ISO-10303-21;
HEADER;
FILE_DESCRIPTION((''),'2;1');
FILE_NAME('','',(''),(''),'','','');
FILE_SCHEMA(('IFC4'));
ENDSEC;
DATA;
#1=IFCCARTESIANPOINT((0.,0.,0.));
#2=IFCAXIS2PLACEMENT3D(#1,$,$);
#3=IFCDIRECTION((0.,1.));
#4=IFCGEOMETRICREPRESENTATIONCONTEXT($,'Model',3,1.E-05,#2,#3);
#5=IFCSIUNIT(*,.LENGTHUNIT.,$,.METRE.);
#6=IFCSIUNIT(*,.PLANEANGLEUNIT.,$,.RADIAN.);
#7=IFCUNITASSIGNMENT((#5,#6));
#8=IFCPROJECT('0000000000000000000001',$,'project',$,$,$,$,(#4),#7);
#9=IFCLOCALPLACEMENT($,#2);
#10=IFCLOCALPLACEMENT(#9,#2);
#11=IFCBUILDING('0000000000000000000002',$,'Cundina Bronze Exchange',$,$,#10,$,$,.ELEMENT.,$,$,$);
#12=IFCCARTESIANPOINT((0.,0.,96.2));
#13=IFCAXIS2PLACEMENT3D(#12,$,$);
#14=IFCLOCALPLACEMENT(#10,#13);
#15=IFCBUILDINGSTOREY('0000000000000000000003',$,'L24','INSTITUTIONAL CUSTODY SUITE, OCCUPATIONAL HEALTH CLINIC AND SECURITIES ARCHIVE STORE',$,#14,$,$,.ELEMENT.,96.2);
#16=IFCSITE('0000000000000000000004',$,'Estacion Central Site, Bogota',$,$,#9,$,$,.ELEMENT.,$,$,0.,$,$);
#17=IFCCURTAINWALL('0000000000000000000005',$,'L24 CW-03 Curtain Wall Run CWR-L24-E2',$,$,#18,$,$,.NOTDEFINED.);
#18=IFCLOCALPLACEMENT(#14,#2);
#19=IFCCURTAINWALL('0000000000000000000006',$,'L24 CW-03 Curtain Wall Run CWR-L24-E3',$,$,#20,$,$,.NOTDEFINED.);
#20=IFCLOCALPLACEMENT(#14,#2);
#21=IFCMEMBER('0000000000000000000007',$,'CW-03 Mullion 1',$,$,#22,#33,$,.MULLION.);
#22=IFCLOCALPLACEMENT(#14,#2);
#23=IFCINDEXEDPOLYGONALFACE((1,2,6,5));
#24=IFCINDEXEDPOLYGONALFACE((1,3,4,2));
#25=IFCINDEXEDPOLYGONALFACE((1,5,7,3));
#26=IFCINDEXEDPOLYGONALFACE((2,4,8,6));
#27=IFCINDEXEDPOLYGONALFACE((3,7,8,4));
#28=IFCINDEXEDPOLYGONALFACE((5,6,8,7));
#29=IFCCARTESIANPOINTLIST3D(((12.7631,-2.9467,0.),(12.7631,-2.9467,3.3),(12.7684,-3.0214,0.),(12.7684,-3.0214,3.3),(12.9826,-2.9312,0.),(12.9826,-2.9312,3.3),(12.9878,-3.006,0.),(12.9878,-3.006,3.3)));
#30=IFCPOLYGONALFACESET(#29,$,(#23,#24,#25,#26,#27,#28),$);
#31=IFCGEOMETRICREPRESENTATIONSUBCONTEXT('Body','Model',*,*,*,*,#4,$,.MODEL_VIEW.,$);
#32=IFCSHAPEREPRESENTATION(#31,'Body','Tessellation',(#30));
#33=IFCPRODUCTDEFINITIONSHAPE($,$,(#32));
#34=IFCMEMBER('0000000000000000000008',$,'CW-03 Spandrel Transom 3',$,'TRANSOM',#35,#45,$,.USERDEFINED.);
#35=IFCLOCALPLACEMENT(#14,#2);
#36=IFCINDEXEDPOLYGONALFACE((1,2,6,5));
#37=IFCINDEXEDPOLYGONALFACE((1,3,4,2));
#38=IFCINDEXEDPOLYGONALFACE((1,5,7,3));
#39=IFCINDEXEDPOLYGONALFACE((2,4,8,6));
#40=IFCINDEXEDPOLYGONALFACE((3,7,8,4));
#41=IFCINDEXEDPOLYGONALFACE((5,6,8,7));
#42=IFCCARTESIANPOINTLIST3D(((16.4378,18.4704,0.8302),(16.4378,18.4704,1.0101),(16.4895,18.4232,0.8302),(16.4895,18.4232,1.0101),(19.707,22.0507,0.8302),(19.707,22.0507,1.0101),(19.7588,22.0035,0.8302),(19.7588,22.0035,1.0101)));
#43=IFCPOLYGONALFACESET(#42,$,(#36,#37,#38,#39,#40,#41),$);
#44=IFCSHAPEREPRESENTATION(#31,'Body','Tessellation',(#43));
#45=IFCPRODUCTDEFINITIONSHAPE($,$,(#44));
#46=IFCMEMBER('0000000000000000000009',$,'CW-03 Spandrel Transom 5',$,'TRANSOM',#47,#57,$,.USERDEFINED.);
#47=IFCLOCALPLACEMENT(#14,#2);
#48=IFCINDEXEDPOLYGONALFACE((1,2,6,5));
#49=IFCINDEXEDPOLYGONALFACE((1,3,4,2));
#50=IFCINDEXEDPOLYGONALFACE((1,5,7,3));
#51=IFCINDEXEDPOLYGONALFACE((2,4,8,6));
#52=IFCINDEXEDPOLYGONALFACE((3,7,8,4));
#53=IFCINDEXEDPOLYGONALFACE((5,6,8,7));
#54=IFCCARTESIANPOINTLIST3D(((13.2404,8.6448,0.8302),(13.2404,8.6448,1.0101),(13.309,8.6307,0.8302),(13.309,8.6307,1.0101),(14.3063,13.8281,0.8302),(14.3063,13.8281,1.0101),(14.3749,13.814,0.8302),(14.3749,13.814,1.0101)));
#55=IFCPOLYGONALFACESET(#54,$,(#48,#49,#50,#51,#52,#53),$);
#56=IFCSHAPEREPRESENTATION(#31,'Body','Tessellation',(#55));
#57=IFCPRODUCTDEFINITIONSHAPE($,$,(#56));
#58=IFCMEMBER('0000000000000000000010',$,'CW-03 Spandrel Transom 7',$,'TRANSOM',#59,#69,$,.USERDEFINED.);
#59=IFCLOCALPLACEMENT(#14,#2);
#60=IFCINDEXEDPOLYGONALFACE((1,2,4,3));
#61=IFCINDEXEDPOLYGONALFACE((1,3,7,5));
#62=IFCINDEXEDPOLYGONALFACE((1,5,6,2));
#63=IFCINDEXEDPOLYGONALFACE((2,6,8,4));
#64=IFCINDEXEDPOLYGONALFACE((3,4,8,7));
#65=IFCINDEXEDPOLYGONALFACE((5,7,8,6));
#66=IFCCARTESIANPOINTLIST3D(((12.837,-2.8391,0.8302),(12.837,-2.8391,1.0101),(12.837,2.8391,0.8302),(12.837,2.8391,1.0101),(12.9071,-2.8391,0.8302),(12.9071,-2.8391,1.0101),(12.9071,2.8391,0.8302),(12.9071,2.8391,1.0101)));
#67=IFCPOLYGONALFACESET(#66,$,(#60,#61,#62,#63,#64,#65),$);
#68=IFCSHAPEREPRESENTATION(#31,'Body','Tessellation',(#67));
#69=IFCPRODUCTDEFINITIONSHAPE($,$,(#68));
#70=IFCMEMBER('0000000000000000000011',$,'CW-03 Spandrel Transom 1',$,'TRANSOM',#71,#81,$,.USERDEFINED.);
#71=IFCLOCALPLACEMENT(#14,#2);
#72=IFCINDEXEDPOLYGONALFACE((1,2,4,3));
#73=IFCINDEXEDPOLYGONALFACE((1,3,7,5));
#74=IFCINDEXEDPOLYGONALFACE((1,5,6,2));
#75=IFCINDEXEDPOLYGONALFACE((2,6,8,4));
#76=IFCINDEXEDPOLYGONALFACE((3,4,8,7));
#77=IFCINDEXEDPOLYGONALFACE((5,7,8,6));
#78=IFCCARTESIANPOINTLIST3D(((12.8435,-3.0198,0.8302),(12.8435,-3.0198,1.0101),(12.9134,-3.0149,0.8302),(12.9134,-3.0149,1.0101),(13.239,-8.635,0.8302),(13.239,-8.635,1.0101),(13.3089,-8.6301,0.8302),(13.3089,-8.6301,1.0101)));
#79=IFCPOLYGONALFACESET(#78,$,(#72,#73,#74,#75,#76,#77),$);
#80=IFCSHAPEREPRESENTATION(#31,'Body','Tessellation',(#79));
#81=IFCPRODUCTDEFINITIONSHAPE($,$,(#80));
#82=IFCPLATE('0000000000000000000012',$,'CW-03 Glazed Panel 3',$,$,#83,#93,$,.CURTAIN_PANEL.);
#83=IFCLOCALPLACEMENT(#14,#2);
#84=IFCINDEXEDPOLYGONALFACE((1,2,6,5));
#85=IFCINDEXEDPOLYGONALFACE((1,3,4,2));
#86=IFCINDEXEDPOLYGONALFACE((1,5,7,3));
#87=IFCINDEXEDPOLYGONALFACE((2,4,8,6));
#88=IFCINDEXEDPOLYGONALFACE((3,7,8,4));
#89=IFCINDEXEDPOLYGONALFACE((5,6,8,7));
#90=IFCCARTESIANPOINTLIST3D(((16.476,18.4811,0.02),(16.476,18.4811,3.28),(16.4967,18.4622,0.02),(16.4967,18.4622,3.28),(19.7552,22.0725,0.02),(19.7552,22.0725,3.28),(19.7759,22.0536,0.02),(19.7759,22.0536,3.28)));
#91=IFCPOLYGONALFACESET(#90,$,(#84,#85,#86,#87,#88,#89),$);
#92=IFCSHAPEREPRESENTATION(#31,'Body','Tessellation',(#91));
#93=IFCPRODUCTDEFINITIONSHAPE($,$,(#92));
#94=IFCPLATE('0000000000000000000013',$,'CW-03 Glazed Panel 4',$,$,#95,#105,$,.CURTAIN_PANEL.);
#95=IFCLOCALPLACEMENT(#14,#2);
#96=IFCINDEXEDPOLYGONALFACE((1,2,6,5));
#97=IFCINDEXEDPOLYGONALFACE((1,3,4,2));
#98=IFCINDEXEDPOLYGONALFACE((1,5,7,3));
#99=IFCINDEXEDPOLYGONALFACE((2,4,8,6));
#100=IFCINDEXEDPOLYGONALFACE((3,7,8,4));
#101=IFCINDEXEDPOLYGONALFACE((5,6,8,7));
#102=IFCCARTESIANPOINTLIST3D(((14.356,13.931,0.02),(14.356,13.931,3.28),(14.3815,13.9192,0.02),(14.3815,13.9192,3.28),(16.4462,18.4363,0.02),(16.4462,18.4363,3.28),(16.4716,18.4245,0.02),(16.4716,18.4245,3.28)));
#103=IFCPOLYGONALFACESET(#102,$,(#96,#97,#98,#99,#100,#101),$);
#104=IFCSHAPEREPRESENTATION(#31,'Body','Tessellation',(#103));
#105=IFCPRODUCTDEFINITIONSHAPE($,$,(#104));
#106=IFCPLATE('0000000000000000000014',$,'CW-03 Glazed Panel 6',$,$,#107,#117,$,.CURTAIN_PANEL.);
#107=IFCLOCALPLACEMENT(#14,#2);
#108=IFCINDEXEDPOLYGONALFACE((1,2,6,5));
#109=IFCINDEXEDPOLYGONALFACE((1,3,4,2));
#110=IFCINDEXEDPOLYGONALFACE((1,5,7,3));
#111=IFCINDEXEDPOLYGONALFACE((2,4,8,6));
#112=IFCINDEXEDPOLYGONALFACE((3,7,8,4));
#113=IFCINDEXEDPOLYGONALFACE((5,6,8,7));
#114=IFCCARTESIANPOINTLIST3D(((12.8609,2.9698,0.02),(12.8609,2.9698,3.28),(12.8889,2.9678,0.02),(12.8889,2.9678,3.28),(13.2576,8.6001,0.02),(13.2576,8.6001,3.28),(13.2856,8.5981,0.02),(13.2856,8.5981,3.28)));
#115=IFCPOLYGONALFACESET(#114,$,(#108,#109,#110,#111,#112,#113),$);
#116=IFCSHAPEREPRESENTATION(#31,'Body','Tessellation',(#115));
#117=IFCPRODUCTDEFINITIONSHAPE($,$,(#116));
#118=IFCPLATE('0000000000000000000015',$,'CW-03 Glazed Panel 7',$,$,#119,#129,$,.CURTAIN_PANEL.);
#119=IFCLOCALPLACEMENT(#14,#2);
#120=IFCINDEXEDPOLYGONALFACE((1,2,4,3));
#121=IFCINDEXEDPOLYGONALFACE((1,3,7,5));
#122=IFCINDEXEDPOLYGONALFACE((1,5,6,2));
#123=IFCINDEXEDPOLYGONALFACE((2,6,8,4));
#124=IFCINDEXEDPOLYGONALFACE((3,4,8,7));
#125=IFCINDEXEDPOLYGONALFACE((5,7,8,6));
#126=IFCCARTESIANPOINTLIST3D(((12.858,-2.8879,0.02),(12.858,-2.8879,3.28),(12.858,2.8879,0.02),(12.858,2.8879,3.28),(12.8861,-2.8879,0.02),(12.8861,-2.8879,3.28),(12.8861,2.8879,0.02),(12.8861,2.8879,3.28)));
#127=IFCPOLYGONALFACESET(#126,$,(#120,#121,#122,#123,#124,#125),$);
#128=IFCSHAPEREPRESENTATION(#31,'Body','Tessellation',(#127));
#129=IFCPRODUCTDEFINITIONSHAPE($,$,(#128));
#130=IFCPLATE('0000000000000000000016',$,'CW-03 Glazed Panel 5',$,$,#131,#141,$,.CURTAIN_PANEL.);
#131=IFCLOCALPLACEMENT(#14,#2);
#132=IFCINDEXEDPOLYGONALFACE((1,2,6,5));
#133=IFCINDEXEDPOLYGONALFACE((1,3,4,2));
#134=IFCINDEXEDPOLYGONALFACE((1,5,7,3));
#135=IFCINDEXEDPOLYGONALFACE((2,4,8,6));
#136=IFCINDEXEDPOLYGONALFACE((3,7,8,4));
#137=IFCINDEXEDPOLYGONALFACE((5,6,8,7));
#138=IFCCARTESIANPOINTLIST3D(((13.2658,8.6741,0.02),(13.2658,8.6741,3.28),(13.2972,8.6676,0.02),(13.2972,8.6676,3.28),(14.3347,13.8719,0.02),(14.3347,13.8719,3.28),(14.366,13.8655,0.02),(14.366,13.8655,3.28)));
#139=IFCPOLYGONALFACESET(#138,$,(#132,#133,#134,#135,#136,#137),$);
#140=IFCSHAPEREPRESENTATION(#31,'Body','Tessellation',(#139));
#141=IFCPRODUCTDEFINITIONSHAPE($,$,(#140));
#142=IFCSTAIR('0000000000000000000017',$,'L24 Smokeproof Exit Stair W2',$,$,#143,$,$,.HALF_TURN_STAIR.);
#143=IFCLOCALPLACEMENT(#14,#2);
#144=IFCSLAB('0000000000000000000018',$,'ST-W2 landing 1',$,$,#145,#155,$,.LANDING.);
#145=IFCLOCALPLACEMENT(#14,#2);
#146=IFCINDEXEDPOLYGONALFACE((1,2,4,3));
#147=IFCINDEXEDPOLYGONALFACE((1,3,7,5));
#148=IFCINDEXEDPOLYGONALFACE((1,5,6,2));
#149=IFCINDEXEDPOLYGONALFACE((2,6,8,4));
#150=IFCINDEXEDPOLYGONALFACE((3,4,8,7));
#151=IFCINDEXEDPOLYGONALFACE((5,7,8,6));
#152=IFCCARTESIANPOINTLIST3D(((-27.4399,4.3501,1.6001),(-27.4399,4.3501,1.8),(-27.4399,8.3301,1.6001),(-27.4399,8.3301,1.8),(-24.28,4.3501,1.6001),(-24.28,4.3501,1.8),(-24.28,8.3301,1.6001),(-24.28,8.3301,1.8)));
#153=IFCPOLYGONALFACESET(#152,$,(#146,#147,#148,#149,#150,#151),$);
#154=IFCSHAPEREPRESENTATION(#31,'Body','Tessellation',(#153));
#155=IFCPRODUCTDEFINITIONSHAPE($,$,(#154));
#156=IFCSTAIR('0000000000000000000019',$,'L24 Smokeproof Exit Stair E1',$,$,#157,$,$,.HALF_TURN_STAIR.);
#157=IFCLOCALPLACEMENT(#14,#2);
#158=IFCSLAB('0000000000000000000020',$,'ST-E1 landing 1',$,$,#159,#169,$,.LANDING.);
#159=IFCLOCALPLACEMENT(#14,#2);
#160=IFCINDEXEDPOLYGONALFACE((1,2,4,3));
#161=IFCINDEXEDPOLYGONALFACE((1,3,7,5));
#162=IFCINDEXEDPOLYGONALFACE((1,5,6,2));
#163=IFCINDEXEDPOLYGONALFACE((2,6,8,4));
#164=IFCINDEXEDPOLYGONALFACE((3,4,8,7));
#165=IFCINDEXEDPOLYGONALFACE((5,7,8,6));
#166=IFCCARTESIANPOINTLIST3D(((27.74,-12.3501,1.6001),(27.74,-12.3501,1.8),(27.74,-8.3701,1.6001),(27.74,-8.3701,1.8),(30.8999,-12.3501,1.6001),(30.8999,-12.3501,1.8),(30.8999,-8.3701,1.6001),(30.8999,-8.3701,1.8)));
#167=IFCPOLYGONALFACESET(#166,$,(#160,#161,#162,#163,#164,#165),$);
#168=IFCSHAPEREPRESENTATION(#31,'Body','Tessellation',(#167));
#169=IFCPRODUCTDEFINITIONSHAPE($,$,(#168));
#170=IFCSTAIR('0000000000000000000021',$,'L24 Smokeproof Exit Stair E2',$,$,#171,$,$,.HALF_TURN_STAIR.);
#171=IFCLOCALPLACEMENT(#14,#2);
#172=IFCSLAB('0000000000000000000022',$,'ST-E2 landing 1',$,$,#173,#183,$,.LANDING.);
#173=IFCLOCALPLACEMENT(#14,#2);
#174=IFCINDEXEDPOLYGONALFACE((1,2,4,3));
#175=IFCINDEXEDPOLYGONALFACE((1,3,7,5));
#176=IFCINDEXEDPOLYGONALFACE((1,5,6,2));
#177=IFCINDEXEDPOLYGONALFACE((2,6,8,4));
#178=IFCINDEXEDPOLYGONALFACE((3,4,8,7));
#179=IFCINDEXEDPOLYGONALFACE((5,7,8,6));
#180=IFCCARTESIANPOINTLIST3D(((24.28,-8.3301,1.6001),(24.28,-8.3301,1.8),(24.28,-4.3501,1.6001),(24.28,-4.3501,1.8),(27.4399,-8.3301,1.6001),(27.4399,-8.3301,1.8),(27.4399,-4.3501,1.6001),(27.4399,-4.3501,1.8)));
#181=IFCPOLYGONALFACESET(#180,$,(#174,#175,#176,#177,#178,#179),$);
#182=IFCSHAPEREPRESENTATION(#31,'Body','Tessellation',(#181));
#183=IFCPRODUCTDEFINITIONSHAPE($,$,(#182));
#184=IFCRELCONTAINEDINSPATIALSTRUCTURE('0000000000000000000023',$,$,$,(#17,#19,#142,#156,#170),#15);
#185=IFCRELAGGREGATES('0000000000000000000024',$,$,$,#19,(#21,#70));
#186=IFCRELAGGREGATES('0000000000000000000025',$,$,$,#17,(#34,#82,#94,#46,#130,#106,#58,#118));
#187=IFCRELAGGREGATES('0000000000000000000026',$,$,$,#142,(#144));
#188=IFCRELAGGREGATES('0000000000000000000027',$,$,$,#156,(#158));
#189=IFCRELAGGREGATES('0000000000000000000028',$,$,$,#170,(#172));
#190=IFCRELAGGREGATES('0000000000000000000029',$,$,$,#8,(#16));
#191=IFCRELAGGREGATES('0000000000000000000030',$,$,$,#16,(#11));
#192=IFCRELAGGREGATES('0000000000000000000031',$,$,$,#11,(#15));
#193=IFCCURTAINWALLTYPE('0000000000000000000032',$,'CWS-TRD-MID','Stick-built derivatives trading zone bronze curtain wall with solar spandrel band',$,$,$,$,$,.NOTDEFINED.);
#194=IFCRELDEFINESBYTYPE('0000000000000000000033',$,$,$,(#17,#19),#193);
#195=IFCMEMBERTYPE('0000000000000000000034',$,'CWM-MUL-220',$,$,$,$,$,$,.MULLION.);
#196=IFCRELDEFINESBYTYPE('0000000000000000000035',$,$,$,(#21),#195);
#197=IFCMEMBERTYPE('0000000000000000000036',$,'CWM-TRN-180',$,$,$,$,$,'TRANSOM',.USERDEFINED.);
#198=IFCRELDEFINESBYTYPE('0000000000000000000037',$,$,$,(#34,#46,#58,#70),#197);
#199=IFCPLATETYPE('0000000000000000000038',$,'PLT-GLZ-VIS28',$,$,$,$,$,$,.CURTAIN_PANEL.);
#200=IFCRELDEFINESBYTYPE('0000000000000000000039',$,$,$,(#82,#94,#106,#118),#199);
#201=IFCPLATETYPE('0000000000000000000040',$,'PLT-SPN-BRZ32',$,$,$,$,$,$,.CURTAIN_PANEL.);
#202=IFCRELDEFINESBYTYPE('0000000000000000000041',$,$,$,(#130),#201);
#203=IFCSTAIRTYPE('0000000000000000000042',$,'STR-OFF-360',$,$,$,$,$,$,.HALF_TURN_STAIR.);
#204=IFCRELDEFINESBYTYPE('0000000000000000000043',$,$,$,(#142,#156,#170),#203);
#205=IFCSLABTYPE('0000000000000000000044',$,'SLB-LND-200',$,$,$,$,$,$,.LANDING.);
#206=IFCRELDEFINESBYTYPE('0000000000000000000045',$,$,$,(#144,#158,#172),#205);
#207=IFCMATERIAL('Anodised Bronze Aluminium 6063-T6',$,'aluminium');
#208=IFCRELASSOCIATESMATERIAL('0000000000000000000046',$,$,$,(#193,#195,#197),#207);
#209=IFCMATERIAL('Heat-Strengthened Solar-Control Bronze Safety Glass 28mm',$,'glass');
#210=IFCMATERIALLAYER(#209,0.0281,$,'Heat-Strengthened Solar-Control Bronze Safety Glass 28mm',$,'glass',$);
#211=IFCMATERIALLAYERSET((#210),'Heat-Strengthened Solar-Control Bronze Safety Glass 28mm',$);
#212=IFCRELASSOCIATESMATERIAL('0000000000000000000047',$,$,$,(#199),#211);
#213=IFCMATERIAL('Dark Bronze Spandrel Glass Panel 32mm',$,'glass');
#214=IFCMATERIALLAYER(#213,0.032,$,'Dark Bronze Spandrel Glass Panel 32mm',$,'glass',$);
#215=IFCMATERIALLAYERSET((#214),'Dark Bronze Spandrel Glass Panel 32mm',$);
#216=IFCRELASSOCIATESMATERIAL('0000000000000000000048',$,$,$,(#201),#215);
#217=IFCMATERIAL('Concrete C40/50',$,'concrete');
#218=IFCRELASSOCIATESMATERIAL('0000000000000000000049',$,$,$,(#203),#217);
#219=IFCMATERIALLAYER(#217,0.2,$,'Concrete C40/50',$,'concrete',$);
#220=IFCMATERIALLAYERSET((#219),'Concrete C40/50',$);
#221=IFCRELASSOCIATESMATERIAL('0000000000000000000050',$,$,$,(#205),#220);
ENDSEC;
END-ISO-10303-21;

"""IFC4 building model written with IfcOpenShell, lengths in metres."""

from ifc_helpers import new_model, si_unit, direction, frame, origin, origin_2d, place, context, subcontext, project, spatial, polyline, rectangle, outline, extrude, material, layer, layer_set, material_profile, profile_set, type_object, element, aggregate, save


model = new_model("IFC4")

# Units and contexts
model_context = context("Model", 3, precision=1e-05, world=origin(), true_north=direction((0.0, 1.0)))
body_context = subcontext(model_context, "Body", "Model", "MODEL_VIEW")
ifc_project = project(units=[si_unit("LENGTHUNIT", "METRE"), si_unit("PLANEANGLEUNIT", "RADIAN")], contexts=[model_context])

# Site, building, storey
site_placement = place(None, origin())
site = spatial("IfcSite", under=ifc_project, at=site_placement, Name="Estacion Central Site, Bogota", CompositionType="ELEMENT", RefElevation=0.0)
building_placement = place(site_placement, origin())
building = spatial("IfcBuilding", under=site, at=building_placement, Name="Cundina Bronze Exchange", CompositionType="ELEMENT")
storey_placement = place(building_placement, frame((0.0, 0.0, 96.2)))
storey = spatial("IfcBuildingStorey", under=building, at=storey_placement, Name="L24", Description="INSTITUTIONAL CUSTODY SUITE, OCCUPATIONAL HEALTH CLINIC AND SECURITIES ARCHIVE STORE", CompositionType="ELEMENT", Elevation=96.2)

# Curtain wall
ifc_material_1 = material(Name="Anodised Bronze Aluminium 6063-T6", Category="aluminium")
curtain_wall_type = type_object("IfcCurtainWallType", Name="CWS-TRD-MID", Description="Stick-built derivatives trading zone bronze curtain wall with solar spandrel band", PredefinedType="NOTDEFINED", material=ifc_material_1)
curtain_wall_1_placement = place(storey_placement, origin())
curtain_wall_1 = element("IfcCurtainWall", 1, at=curtain_wall_1_placement, inside=storey, type_object=curtain_wall_type, Name="L24 CW-03 Curtain Wall Run CWR-L24-E2", PredefinedType="NOTDEFINED")
ifc_material_profile_1 = material_profile(ifc_material_1, rectangle(XDim=0.075, YDim=0.22, at=origin_2d()), Name="AL75X220", Category="aluminium")
ifc_profile_set_1 = profile_set([ifc_material_profile_1], Name="Anodised Bronze Aluminium 6063-T6")
member_type_1 = type_object("IfcMemberType", Name="CWM-MUL-220", PredefinedType="MULLION", material=ifc_profile_set_1)

# Curtain wall, member
curtain_wall_2_placement = place(storey_placement, origin())
curtain_wall_2 = element("IfcCurtainWall", 2, at=curtain_wall_2_placement, inside=storey, type_object=curtain_wall_type, Name="L24 CW-03 Curtain Wall Run CWR-L24-E3", PredefinedType="NOTDEFINED")
member_1_placement = place(storey_placement, frame((12.8755, -2.9763, 0.0), z_axis=(0.0, 0.0, 1.0), x_axis=(0.070279, -0.997527, 0.0)))
member_1 = element("IfcMember", 3, at=member_1_placement, type_object=member_type_1, Name="CW-03 Mullion 1", PredefinedType="MULLION", context=body_context, shape_type="SweptSolid", body=[
    extrude(rectangle(XDim=0.075, YDim=0.22, at=origin_2d()), origin(), (0.0, 0.0, 1.0), 3.3),
])

# Members
ifc_material_profile_2 = material_profile(ifc_material_1, rectangle(XDim=0.0701, YDim=0.1799, at=origin_2d()), Name="AL70X180", Category="aluminium")
ifc_profile_set_2 = profile_set([ifc_material_profile_2], Name="Anodised Bronze Aluminium 6063-T6")
member_type_2 = type_object("IfcMemberType", Name="CWM-TRN-180", ElementType="TRANSOM", PredefinedType="USERDEFINED", material=ifc_profile_set_2)
member_2_placement = place(storey_placement, frame((19.7329, 22.0271, 0.9202), z_axis=(-0.674303, -0.738455, 0.0), x_axis=(0.738455, -0.674303, 0.0)))
member_2 = element("IfcMember", 4, at=member_2_placement, type_object=member_type_2, Name="CW-03 Spandrel Transom 3", ObjectType="TRANSOM", PredefinedType="USERDEFINED", context=body_context, shape_type="SweptSolid", body=[
    extrude(rectangle(XDim=0.0701, YDim=0.1799, at=origin_2d()), origin(), (0.0, 0.0, 1.0), 4.8484),
])
member_3_placement = place(storey_placement, frame((14.3406, 13.821, 0.9202), z_axis=(-0.201428, -0.979503, 0.0), x_axis=(0.979503, -0.201428, 0.0)))
member_3 = element("IfcMember", 5, at=member_3_placement, type_object=member_type_2, Name="CW-03 Spandrel Transom 5", ObjectType="TRANSOM", PredefinedType="USERDEFINED", context=body_context, shape_type="SweptSolid", body=[
    extrude(rectangle(XDim=0.0701, YDim=0.1799, at=origin_2d()), origin(), (0.0, 0.0, 1.0), 5.2917),
])
member_4_placement = place(storey_placement, frame((12.8721, 2.8391, 0.9202), z_axis=(0.0, -1.0, 0.0), x_axis=(1.0, 0.0, 0.0)))
member_4 = element("IfcMember", 6, at=member_4_placement, type_object=member_type_2, Name="CW-03 Spandrel Transom 7", ObjectType="TRANSOM", PredefinedType="USERDEFINED", context=body_context, shape_type="SweptSolid", body=[
    extrude(rectangle(XDim=0.0701, YDim=0.1799, at=origin_2d()), origin(), (0.0, 0.0, 1.0), 5.6782),
])
member_5_placement = place(storey_placement, frame((12.8784, -3.0173, 0.9202), z_axis=(0.070261, -0.997529, 0.0), x_axis=(0.997529, 0.070261, 0.0)))
member_5 = element("IfcMember", 7, at=member_5_placement, type_object=member_type_2, Name="CW-03 Spandrel Transom 1", ObjectType="TRANSOM", PredefinedType="USERDEFINED", context=body_context, shape_type="SweptSolid", body=[
    extrude(rectangle(XDim=0.0701, YDim=0.1799, at=origin_2d()), origin(), (0.0, 0.0, 1.0), 5.6292),
])
aggregate(curtain_wall_2, [member_1, member_5])

# Plates
ifc_material_2 = material(Name="Heat-Strengthened Solar-Control Bronze Safety Glass 28mm", Category="glass")
ifc_layer_1 = layer(ifc_material_2, 0.0281, Name="Heat-Strengthened Solar-Control Bronze Safety Glass 28mm", Category="glass")
ifc_layer_set_1 = layer_set([ifc_layer_1], Name="Heat-Strengthened Solar-Control Bronze Safety Glass 28mm")
plate_type_1 = type_object("IfcPlateType", Name="PLT-GLZ-VIS28", PredefinedType="CURTAIN_PANEL", material=ifc_layer_set_1)
plate_1_placement = place(storey_placement, frame((18.126, 20.2673, 0.02), z_axis=(0.0, 0.0, 1.0), x_axis=(-0.674277, -0.738479, 0.0)))
plate_1 = element("IfcPlate", 8, at=plate_1_placement, type_object=plate_type_1, Name="CW-03 Glazed Panel 3", PredefinedType="CURTAIN_PANEL", context=body_context, shape_type="SweptSolid", body=[
    extrude(rectangle(XDim=4.8633, YDim=0.0281, at=origin_2d()), origin(), (0.0, 0.0, 1.0), 3.26),
])
plate_2_placement = place(storey_placement, frame((15.4138, 16.1777, 0.02), z_axis=(0.0, 0.0, 1.0), x_axis=(-0.420846, -0.907132, 0.0)))
plate_2 = element("IfcPlate", 9, at=plate_2_placement, type_object=plate_type_1, Name="CW-03 Glazed Panel 4", PredefinedType="CURTAIN_PANEL", context=body_context, shape_type="SweptSolid", body=[
    extrude(rectangle(XDim=4.9666, YDim=0.0281, at=origin_2d()), origin(), (0.0, 0.0, 1.0), 3.26),
])
plate_3_placement = place(storey_placement, frame((13.0732, 5.7839, 0.02), z_axis=(0.0, 0.0, 1.0), x_axis=(-0.070279, -0.997527, 0.0)))
plate_3 = element("IfcPlate", 10, at=plate_3_placement, type_object=plate_type_1, Name="CW-03 Glazed Panel 6", PredefinedType="CURTAIN_PANEL", context=body_context, shape_type="SweptSolid", body=[
    extrude(rectangle(XDim=5.6443, YDim=0.0281, at=origin_2d()), origin(), (0.0, 0.0, 1.0), 3.26),
])
plate_4_placement = place(storey_placement, frame((12.8721, 0.0, 0.02), z_axis=(0.0, 0.0, 1.0), x_axis=(0.0, -1.0, 0.0)))
plate_4 = element("IfcPlate", 11, at=plate_4_placement, type_object=plate_type_1, Name="CW-03 Glazed Panel 7", PredefinedType="CURTAIN_PANEL", context=body_context, shape_type="SweptSolid", body=[
    extrude(rectangle(XDim=5.7759, YDim=0.0281, at=origin_2d()), origin(), (0.0, 0.0, 1.0), 3.26),
])
ifc_material_3 = material(Name="Dark Bronze Spandrel Glass Panel 32mm", Category="glass")
ifc_layer_2 = layer(ifc_material_3, 0.032, Name="Dark Bronze Spandrel Glass Panel 32mm", Category="glass")
ifc_layer_set_2 = layer_set([ifc_layer_2], Name="Dark Bronze Spandrel Glass Panel 32mm")
plate_type_2 = type_object("IfcPlateType", Name="PLT-SPN-BRZ32", PredefinedType="CURTAIN_PANEL", material=ifc_layer_set_2)
plate_5_placement = place(storey_placement, frame((13.8159, 11.2698, 0.02), z_axis=(0.0, 0.0, 1.0), x_axis=(-0.20142, -0.979505, 0.0)))
plate_5 = element("IfcPlate", 12, at=plate_5_placement, type_object=plate_type_2, Name="CW-03 Glazed Panel 5", PredefinedType="CURTAIN_PANEL", context=body_context, shape_type="SweptSolid", body=[
    extrude(rectangle(XDim=5.3066, YDim=0.032, at=origin_2d()), origin(), (0.0, 0.0, 1.0), 3.26),
])
aggregate(curtain_wall_1, [member_2, plate_1, plate_2, member_3, plate_5, plate_3, member_4, plate_4])

# Stairs, slabs
ifc_material_4 = material(Name="Concrete C40/50", Category="concrete")
stair_type = type_object("IfcStairType", Name="STR-OFF-360", PredefinedType="HALF_TURN_STAIR", material=ifc_material_4)
stair_1_placement = place(storey_placement, origin())
stair_1 = element("IfcStair", 13, at=stair_1_placement, inside=storey, type_object=stair_type, Name="L24 Smokeproof Exit Stair W2", PredefinedType="HALF_TURN_STAIR")
ifc_layer_3 = layer(ifc_material_4, 0.2, Name="Concrete C40/50", Category="concrete")
ifc_layer_set_3 = layer_set([ifc_layer_3], Name="Concrete C40/50")
slab_type = type_object("IfcSlabType", Name="SLB-LND-200", PredefinedType="LANDING", material=ifc_layer_set_3)
slab_1_placement = place(storey_placement, frame((0.0, 0.0, 1.6001)))
slab_1 = element("IfcSlab", 14, at=slab_1_placement, type_object=slab_type, Name="ST-W2 landing 1", PredefinedType="LANDING", context=body_context, shape_type="SweptSolid", body=[
    extrude(outline(polyline([(-27.4399, 8.3301), (-27.4399, 4.3501), (-24.28, 4.3501), (-24.28, 8.3301), (-27.4399, 8.3301)])), origin(), (0.0, 0.0, 1.0), 0.2),
])
aggregate(stair_1, [slab_1])
stair_2_placement = place(storey_placement, origin())
stair_2 = element("IfcStair", 15, at=stair_2_placement, inside=storey, type_object=stair_type, Name="L24 Smokeproof Exit Stair E1", PredefinedType="HALF_TURN_STAIR")
slab_2_placement = place(storey_placement, frame((0.0, 0.0, 1.6001)))
slab_2 = element("IfcSlab", 16, at=slab_2_placement, type_object=slab_type, Name="ST-E1 landing 1", PredefinedType="LANDING", context=body_context, shape_type="SweptSolid", body=[
    extrude(outline(polyline([(27.74, -8.3701), (27.74, -12.3501), (30.8999, -12.3501), (30.8999, -8.3701), (27.74, -8.3701)])), origin(), (0.0, 0.0, 1.0), 0.2),
])
aggregate(stair_2, [slab_2])
stair_3_placement = place(storey_placement, origin())
stair_3 = element("IfcStair", 17, at=stair_3_placement, inside=storey, type_object=stair_type, Name="L24 Smokeproof Exit Stair E2", PredefinedType="HALF_TURN_STAIR")
slab_3_placement = place(storey_placement, frame((0.0, 0.0, 1.6001)))
slab_3 = element("IfcSlab", 18, at=slab_3_placement, type_object=slab_type, Name="ST-E2 landing 1", PredefinedType="LANDING", context=body_context, shape_type="SweptSolid", body=[
    extrude(outline(polyline([(27.4399, -8.3301), (27.4399, -4.3501), (24.28, -4.3501), (24.28, -8.3301), (27.4399, -8.3301)])), origin(), (0.0, 0.0, 1.0), 0.2),
])
aggregate(stair_3, [slab_3])

save(model, "model.ifc")
